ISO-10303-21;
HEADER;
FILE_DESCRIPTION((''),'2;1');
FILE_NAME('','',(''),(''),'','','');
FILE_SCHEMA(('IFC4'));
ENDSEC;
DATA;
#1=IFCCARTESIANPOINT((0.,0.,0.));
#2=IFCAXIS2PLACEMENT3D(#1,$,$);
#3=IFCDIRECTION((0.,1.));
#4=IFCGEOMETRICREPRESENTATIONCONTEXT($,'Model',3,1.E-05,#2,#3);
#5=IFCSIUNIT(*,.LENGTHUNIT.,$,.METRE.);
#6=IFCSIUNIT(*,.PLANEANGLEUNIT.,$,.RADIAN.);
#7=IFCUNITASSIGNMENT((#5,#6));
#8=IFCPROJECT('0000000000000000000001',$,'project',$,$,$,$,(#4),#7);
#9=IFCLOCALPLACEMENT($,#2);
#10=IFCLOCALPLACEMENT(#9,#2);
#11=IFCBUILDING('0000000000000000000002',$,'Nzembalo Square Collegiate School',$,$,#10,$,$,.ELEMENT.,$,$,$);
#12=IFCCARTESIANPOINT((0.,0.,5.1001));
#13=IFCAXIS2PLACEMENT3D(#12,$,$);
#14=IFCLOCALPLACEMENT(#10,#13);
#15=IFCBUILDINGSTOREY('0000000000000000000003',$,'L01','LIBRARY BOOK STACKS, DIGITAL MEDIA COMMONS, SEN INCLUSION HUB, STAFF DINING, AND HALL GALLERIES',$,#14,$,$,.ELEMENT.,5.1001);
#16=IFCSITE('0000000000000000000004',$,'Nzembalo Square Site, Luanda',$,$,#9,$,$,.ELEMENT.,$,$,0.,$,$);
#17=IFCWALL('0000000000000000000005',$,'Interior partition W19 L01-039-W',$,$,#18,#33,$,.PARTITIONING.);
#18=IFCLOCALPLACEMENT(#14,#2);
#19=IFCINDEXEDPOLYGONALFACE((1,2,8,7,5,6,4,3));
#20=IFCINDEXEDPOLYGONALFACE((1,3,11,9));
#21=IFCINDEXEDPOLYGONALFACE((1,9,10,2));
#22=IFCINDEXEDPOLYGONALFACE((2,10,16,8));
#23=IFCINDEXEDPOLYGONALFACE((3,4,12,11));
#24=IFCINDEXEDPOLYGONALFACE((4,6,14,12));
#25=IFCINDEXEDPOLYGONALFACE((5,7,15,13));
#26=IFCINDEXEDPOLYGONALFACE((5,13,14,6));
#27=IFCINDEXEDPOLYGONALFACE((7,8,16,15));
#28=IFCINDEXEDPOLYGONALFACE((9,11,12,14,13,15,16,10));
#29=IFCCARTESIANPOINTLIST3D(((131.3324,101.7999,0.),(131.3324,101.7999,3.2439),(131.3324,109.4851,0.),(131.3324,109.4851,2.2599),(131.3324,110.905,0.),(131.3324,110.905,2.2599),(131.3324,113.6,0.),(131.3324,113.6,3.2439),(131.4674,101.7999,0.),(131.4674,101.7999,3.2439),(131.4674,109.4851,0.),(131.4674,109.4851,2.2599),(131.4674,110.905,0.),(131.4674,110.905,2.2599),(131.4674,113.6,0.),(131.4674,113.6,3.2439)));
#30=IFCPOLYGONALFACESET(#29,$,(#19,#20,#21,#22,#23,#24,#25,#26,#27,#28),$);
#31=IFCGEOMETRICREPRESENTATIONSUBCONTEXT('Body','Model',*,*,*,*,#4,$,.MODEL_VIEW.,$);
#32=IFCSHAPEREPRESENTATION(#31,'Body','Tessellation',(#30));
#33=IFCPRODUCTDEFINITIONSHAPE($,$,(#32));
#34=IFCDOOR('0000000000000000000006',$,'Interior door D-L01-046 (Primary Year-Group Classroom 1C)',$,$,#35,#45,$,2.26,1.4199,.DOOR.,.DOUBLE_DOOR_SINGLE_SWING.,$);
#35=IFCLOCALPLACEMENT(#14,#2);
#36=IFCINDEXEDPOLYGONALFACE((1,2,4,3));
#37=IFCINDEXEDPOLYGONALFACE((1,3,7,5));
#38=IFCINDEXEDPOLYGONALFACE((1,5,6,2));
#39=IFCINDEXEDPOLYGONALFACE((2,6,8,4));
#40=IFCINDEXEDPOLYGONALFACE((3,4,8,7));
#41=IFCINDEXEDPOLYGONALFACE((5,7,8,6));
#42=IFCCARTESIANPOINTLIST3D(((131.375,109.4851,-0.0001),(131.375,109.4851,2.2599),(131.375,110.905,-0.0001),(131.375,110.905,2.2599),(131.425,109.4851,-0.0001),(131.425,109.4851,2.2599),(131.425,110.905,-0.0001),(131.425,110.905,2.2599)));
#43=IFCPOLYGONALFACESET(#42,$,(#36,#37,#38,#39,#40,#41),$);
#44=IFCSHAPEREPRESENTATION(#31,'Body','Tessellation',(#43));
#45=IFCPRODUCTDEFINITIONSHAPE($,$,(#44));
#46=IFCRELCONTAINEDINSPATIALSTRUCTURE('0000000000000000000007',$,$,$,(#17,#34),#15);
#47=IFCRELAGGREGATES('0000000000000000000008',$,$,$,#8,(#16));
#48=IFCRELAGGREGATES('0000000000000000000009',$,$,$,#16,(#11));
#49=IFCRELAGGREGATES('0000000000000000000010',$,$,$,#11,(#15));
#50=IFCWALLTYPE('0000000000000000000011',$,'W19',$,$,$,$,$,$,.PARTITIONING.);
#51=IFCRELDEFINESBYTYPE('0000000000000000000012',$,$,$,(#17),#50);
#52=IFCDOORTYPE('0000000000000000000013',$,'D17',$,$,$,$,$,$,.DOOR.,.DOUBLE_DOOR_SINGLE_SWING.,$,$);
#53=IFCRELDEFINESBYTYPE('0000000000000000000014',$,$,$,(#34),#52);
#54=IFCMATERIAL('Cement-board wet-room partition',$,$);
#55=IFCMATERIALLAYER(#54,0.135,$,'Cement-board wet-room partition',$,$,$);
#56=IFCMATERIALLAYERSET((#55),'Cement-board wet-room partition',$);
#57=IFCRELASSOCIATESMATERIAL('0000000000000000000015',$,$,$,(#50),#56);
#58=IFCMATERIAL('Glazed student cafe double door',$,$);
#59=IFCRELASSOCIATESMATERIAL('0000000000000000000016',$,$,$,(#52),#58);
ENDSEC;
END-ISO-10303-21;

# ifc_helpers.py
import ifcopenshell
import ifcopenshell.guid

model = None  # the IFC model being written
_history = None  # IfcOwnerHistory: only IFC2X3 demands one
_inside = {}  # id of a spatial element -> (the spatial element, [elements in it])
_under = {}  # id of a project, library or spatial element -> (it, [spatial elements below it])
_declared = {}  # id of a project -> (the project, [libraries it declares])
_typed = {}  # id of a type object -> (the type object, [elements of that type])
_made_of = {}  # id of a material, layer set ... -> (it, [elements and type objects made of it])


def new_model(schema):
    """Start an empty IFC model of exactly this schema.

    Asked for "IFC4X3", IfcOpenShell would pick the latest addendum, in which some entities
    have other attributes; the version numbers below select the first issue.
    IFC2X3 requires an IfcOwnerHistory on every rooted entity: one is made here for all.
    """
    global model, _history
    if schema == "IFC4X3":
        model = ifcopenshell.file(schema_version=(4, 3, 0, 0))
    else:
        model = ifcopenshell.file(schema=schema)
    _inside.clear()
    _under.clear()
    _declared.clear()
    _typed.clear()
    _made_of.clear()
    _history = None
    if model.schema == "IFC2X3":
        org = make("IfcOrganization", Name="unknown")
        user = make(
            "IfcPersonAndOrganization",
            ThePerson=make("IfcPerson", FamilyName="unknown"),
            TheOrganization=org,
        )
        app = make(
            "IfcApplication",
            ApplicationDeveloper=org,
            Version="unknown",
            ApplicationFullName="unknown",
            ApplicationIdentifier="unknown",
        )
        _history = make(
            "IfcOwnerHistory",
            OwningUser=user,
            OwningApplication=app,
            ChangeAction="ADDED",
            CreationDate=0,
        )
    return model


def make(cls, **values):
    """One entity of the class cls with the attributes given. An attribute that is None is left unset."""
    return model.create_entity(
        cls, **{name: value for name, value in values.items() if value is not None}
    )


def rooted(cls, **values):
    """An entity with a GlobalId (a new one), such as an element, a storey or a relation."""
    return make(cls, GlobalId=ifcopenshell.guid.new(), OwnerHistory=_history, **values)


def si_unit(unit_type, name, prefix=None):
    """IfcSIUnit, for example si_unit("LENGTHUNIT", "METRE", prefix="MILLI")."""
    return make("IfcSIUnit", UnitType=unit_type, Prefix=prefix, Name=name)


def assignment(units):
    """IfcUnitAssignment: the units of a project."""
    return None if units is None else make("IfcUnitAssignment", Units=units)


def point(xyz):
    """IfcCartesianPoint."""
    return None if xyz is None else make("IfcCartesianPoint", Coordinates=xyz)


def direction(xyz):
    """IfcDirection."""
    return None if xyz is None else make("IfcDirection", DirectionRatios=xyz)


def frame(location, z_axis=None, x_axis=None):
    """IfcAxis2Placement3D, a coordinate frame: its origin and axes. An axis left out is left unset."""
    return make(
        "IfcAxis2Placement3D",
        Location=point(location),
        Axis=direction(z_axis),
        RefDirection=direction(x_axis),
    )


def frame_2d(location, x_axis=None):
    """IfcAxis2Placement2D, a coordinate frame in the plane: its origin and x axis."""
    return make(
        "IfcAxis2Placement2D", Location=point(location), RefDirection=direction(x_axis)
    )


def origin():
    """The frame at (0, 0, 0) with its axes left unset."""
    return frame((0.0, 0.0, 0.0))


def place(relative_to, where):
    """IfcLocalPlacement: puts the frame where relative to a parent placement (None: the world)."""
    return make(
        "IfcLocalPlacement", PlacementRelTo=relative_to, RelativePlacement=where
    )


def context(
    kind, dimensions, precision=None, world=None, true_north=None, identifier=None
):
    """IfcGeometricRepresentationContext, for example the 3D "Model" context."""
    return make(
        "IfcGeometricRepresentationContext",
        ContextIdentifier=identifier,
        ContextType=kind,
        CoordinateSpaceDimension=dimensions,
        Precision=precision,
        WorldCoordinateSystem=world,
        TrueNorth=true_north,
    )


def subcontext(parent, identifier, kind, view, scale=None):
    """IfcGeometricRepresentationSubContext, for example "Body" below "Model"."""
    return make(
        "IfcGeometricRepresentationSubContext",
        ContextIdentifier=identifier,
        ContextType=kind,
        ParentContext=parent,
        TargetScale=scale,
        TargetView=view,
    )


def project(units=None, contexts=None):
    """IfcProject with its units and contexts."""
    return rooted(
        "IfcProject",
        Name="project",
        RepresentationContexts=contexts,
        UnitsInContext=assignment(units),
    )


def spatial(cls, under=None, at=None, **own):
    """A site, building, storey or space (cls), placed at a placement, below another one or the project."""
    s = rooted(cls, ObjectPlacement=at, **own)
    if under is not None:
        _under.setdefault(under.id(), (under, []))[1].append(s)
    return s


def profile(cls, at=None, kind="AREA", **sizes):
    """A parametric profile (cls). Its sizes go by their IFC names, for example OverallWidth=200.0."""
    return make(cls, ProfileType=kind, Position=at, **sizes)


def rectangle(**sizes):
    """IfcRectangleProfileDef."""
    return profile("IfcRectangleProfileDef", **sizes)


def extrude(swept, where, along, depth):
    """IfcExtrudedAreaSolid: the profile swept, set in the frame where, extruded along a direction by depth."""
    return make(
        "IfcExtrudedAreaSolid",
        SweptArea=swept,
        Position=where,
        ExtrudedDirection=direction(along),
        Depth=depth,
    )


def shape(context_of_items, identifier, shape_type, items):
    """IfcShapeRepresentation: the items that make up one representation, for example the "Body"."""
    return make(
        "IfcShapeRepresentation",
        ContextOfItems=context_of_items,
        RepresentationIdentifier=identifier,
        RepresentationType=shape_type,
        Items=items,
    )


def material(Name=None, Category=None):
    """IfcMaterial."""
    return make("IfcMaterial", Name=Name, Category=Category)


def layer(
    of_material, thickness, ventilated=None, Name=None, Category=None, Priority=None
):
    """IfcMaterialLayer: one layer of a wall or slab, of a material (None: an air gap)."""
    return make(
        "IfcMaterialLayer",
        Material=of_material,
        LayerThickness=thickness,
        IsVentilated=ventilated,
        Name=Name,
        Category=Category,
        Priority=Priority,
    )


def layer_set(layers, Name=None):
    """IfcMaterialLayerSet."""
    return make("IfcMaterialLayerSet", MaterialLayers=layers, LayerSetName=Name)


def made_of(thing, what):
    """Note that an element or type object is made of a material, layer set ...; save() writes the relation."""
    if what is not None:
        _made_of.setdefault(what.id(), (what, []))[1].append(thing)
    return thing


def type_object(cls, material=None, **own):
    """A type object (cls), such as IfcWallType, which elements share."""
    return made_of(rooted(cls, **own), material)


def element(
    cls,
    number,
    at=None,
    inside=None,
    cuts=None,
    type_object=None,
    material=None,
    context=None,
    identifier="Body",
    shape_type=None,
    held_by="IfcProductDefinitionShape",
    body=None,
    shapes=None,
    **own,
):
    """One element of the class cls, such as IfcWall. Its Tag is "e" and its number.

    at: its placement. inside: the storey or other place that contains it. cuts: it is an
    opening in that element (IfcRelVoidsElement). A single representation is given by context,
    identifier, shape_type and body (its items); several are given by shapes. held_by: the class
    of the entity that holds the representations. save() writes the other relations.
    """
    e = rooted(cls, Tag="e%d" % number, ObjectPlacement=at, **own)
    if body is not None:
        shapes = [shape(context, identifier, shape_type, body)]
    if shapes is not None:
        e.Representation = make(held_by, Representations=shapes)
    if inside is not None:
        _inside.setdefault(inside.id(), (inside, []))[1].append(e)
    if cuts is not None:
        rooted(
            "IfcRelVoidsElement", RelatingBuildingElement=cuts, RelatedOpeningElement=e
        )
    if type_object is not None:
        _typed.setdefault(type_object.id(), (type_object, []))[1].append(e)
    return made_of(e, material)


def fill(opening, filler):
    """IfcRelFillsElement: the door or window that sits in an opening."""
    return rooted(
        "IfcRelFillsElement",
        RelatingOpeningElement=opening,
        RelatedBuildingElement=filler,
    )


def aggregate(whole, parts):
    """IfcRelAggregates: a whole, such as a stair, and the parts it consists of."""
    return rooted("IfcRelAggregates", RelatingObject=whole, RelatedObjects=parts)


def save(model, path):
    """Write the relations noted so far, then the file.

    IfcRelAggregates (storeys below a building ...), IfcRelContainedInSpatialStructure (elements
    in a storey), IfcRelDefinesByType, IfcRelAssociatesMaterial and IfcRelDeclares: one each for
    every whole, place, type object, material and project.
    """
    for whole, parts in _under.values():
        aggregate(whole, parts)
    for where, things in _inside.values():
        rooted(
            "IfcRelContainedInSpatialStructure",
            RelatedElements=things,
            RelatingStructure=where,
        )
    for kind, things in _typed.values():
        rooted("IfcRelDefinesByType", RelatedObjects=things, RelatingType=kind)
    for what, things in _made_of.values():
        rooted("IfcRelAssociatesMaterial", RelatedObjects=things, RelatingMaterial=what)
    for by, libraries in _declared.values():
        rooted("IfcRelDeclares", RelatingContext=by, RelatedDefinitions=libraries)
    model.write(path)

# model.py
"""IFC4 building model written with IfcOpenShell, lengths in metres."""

from ifc_helpers import new_model, si_unit, direction, frame, frame_2d, origin, place, context, subcontext, project, spatial, rectangle, extrude, material, layer, layer_set, type_object, element, fill, save


model = new_model("IFC4")

# Units and contexts
model_context = context("Model", 3, precision=1e-05, world=origin(), true_north=direction((0.0, 1.0)))
body_context = subcontext(model_context, "Body", "Model", "MODEL_VIEW")
ifc_project = project(units=[si_unit("LENGTHUNIT", "METRE"), si_unit("PLANEANGLEUNIT", "RADIAN")], contexts=[model_context])

# Site, building, storey
site_placement = place(None, origin())
site = spatial("IfcSite", under=ifc_project, at=site_placement, Name="Nzembalo Square Site, Luanda", CompositionType="ELEMENT", RefElevation=0.0)
building_placement = place(site_placement, origin())
building = spatial("IfcBuilding", under=site, at=building_placement, Name="Nzembalo Square Collegiate School", CompositionType="ELEMENT")
storey_placement = place(building_placement, frame((0.0, 0.0, 5.1001)))
storey = spatial("IfcBuildingStorey", under=building, at=storey_placement, Name="L01", Description="LIBRARY BOOK STACKS, DIGITAL MEDIA COMMONS, SEN INCLUSION HUB, STAFF DINING, AND HALL GALLERIES", CompositionType="ELEMENT", Elevation=5.1001)

# Wall, opening, door
ifc_material_1 = material(Name="Cement-board wet-room partition")
ifc_layer_1 = layer(ifc_material_1, 0.135, Name="Cement-board wet-room partition")
ifc_layer_set_1 = layer_set([ifc_layer_1], Name="Cement-board wet-room partition")
wall_type_1 = type_object("IfcWallType", Name="W19", PredefinedType="PARTITIONING", material=ifc_layer_set_1)
wall_1_placement = place(storey_placement, frame((131.3999, 101.8, 0.0), z_axis=(0.0, 0.0, 1.0), x_axis=(0.0, 1.0, 0.0)))
wall_1 = element("IfcWall", 1, at=wall_1_placement, inside=storey, type_object=wall_type_1, Name="Interior partition W19 L01-039-W", PredefinedType="PARTITIONING", context=body_context, shape_type="SweptSolid", body=[
    extrude(rectangle(XDim=11.8, YDim=0.135, at=frame_2d((5.8999, 0.0))), origin(), (0.0, 0.0, 1.0), 3.2439),
])
opening_1_placement = place(wall_1_placement, frame((7.6851, 0.0, 0.0)))
opening_1 = element("IfcOpeningElement", 2, at=opening_1_placement, cuts=wall_1, PredefinedType="OPENING", context=body_context, shape_type="SweptSolid", body=[
    extrude(rectangle(XDim=1.4199, YDim=2.26, at=frame_2d((0.71, 1.1299))), frame((0.0, 0.0776, 0.0), z_axis=(0.0, -1.0, 0.0), x_axis=(1.0, 0.0, 0.0)), (0.0, 0.0, 1.0), 0.155),
])
ifc_material_2 = material(Name="Glazed student cafe double door")
door_type_1 = type_object("IfcDoorType", Name="D17", OperationType="DOUBLE_DOOR_SINGLE_SWING", PredefinedType="DOOR", material=ifc_material_2)
door_1_placement = place(opening_1_placement, origin())
door_1 = element("IfcDoor", 3, at=door_1_placement, inside=storey, type_object=door_type_1, Name="Interior door D-L01-046 (Primary Year-Group Classroom 1C)", OperationType="DOUBLE_DOOR_SINGLE_SWING", OverallHeight=2.26, OverallWidth=1.4199, PredefinedType="DOOR", context=body_context, shape_type="SweptSolid", body=[
    extrude(rectangle(XDim=1.4199, YDim=2.26, at=frame_2d((0.71, 1.1299))), frame((0.0, 0.0249, 0.0), z_axis=(0.0, -1.0, 0.0), x_axis=(1.0, 0.0, 0.0)), (0.0, 0.0, 1.0), 0.05),
])
fill(opening_1, door_1)

save(model, "model.ifc")
